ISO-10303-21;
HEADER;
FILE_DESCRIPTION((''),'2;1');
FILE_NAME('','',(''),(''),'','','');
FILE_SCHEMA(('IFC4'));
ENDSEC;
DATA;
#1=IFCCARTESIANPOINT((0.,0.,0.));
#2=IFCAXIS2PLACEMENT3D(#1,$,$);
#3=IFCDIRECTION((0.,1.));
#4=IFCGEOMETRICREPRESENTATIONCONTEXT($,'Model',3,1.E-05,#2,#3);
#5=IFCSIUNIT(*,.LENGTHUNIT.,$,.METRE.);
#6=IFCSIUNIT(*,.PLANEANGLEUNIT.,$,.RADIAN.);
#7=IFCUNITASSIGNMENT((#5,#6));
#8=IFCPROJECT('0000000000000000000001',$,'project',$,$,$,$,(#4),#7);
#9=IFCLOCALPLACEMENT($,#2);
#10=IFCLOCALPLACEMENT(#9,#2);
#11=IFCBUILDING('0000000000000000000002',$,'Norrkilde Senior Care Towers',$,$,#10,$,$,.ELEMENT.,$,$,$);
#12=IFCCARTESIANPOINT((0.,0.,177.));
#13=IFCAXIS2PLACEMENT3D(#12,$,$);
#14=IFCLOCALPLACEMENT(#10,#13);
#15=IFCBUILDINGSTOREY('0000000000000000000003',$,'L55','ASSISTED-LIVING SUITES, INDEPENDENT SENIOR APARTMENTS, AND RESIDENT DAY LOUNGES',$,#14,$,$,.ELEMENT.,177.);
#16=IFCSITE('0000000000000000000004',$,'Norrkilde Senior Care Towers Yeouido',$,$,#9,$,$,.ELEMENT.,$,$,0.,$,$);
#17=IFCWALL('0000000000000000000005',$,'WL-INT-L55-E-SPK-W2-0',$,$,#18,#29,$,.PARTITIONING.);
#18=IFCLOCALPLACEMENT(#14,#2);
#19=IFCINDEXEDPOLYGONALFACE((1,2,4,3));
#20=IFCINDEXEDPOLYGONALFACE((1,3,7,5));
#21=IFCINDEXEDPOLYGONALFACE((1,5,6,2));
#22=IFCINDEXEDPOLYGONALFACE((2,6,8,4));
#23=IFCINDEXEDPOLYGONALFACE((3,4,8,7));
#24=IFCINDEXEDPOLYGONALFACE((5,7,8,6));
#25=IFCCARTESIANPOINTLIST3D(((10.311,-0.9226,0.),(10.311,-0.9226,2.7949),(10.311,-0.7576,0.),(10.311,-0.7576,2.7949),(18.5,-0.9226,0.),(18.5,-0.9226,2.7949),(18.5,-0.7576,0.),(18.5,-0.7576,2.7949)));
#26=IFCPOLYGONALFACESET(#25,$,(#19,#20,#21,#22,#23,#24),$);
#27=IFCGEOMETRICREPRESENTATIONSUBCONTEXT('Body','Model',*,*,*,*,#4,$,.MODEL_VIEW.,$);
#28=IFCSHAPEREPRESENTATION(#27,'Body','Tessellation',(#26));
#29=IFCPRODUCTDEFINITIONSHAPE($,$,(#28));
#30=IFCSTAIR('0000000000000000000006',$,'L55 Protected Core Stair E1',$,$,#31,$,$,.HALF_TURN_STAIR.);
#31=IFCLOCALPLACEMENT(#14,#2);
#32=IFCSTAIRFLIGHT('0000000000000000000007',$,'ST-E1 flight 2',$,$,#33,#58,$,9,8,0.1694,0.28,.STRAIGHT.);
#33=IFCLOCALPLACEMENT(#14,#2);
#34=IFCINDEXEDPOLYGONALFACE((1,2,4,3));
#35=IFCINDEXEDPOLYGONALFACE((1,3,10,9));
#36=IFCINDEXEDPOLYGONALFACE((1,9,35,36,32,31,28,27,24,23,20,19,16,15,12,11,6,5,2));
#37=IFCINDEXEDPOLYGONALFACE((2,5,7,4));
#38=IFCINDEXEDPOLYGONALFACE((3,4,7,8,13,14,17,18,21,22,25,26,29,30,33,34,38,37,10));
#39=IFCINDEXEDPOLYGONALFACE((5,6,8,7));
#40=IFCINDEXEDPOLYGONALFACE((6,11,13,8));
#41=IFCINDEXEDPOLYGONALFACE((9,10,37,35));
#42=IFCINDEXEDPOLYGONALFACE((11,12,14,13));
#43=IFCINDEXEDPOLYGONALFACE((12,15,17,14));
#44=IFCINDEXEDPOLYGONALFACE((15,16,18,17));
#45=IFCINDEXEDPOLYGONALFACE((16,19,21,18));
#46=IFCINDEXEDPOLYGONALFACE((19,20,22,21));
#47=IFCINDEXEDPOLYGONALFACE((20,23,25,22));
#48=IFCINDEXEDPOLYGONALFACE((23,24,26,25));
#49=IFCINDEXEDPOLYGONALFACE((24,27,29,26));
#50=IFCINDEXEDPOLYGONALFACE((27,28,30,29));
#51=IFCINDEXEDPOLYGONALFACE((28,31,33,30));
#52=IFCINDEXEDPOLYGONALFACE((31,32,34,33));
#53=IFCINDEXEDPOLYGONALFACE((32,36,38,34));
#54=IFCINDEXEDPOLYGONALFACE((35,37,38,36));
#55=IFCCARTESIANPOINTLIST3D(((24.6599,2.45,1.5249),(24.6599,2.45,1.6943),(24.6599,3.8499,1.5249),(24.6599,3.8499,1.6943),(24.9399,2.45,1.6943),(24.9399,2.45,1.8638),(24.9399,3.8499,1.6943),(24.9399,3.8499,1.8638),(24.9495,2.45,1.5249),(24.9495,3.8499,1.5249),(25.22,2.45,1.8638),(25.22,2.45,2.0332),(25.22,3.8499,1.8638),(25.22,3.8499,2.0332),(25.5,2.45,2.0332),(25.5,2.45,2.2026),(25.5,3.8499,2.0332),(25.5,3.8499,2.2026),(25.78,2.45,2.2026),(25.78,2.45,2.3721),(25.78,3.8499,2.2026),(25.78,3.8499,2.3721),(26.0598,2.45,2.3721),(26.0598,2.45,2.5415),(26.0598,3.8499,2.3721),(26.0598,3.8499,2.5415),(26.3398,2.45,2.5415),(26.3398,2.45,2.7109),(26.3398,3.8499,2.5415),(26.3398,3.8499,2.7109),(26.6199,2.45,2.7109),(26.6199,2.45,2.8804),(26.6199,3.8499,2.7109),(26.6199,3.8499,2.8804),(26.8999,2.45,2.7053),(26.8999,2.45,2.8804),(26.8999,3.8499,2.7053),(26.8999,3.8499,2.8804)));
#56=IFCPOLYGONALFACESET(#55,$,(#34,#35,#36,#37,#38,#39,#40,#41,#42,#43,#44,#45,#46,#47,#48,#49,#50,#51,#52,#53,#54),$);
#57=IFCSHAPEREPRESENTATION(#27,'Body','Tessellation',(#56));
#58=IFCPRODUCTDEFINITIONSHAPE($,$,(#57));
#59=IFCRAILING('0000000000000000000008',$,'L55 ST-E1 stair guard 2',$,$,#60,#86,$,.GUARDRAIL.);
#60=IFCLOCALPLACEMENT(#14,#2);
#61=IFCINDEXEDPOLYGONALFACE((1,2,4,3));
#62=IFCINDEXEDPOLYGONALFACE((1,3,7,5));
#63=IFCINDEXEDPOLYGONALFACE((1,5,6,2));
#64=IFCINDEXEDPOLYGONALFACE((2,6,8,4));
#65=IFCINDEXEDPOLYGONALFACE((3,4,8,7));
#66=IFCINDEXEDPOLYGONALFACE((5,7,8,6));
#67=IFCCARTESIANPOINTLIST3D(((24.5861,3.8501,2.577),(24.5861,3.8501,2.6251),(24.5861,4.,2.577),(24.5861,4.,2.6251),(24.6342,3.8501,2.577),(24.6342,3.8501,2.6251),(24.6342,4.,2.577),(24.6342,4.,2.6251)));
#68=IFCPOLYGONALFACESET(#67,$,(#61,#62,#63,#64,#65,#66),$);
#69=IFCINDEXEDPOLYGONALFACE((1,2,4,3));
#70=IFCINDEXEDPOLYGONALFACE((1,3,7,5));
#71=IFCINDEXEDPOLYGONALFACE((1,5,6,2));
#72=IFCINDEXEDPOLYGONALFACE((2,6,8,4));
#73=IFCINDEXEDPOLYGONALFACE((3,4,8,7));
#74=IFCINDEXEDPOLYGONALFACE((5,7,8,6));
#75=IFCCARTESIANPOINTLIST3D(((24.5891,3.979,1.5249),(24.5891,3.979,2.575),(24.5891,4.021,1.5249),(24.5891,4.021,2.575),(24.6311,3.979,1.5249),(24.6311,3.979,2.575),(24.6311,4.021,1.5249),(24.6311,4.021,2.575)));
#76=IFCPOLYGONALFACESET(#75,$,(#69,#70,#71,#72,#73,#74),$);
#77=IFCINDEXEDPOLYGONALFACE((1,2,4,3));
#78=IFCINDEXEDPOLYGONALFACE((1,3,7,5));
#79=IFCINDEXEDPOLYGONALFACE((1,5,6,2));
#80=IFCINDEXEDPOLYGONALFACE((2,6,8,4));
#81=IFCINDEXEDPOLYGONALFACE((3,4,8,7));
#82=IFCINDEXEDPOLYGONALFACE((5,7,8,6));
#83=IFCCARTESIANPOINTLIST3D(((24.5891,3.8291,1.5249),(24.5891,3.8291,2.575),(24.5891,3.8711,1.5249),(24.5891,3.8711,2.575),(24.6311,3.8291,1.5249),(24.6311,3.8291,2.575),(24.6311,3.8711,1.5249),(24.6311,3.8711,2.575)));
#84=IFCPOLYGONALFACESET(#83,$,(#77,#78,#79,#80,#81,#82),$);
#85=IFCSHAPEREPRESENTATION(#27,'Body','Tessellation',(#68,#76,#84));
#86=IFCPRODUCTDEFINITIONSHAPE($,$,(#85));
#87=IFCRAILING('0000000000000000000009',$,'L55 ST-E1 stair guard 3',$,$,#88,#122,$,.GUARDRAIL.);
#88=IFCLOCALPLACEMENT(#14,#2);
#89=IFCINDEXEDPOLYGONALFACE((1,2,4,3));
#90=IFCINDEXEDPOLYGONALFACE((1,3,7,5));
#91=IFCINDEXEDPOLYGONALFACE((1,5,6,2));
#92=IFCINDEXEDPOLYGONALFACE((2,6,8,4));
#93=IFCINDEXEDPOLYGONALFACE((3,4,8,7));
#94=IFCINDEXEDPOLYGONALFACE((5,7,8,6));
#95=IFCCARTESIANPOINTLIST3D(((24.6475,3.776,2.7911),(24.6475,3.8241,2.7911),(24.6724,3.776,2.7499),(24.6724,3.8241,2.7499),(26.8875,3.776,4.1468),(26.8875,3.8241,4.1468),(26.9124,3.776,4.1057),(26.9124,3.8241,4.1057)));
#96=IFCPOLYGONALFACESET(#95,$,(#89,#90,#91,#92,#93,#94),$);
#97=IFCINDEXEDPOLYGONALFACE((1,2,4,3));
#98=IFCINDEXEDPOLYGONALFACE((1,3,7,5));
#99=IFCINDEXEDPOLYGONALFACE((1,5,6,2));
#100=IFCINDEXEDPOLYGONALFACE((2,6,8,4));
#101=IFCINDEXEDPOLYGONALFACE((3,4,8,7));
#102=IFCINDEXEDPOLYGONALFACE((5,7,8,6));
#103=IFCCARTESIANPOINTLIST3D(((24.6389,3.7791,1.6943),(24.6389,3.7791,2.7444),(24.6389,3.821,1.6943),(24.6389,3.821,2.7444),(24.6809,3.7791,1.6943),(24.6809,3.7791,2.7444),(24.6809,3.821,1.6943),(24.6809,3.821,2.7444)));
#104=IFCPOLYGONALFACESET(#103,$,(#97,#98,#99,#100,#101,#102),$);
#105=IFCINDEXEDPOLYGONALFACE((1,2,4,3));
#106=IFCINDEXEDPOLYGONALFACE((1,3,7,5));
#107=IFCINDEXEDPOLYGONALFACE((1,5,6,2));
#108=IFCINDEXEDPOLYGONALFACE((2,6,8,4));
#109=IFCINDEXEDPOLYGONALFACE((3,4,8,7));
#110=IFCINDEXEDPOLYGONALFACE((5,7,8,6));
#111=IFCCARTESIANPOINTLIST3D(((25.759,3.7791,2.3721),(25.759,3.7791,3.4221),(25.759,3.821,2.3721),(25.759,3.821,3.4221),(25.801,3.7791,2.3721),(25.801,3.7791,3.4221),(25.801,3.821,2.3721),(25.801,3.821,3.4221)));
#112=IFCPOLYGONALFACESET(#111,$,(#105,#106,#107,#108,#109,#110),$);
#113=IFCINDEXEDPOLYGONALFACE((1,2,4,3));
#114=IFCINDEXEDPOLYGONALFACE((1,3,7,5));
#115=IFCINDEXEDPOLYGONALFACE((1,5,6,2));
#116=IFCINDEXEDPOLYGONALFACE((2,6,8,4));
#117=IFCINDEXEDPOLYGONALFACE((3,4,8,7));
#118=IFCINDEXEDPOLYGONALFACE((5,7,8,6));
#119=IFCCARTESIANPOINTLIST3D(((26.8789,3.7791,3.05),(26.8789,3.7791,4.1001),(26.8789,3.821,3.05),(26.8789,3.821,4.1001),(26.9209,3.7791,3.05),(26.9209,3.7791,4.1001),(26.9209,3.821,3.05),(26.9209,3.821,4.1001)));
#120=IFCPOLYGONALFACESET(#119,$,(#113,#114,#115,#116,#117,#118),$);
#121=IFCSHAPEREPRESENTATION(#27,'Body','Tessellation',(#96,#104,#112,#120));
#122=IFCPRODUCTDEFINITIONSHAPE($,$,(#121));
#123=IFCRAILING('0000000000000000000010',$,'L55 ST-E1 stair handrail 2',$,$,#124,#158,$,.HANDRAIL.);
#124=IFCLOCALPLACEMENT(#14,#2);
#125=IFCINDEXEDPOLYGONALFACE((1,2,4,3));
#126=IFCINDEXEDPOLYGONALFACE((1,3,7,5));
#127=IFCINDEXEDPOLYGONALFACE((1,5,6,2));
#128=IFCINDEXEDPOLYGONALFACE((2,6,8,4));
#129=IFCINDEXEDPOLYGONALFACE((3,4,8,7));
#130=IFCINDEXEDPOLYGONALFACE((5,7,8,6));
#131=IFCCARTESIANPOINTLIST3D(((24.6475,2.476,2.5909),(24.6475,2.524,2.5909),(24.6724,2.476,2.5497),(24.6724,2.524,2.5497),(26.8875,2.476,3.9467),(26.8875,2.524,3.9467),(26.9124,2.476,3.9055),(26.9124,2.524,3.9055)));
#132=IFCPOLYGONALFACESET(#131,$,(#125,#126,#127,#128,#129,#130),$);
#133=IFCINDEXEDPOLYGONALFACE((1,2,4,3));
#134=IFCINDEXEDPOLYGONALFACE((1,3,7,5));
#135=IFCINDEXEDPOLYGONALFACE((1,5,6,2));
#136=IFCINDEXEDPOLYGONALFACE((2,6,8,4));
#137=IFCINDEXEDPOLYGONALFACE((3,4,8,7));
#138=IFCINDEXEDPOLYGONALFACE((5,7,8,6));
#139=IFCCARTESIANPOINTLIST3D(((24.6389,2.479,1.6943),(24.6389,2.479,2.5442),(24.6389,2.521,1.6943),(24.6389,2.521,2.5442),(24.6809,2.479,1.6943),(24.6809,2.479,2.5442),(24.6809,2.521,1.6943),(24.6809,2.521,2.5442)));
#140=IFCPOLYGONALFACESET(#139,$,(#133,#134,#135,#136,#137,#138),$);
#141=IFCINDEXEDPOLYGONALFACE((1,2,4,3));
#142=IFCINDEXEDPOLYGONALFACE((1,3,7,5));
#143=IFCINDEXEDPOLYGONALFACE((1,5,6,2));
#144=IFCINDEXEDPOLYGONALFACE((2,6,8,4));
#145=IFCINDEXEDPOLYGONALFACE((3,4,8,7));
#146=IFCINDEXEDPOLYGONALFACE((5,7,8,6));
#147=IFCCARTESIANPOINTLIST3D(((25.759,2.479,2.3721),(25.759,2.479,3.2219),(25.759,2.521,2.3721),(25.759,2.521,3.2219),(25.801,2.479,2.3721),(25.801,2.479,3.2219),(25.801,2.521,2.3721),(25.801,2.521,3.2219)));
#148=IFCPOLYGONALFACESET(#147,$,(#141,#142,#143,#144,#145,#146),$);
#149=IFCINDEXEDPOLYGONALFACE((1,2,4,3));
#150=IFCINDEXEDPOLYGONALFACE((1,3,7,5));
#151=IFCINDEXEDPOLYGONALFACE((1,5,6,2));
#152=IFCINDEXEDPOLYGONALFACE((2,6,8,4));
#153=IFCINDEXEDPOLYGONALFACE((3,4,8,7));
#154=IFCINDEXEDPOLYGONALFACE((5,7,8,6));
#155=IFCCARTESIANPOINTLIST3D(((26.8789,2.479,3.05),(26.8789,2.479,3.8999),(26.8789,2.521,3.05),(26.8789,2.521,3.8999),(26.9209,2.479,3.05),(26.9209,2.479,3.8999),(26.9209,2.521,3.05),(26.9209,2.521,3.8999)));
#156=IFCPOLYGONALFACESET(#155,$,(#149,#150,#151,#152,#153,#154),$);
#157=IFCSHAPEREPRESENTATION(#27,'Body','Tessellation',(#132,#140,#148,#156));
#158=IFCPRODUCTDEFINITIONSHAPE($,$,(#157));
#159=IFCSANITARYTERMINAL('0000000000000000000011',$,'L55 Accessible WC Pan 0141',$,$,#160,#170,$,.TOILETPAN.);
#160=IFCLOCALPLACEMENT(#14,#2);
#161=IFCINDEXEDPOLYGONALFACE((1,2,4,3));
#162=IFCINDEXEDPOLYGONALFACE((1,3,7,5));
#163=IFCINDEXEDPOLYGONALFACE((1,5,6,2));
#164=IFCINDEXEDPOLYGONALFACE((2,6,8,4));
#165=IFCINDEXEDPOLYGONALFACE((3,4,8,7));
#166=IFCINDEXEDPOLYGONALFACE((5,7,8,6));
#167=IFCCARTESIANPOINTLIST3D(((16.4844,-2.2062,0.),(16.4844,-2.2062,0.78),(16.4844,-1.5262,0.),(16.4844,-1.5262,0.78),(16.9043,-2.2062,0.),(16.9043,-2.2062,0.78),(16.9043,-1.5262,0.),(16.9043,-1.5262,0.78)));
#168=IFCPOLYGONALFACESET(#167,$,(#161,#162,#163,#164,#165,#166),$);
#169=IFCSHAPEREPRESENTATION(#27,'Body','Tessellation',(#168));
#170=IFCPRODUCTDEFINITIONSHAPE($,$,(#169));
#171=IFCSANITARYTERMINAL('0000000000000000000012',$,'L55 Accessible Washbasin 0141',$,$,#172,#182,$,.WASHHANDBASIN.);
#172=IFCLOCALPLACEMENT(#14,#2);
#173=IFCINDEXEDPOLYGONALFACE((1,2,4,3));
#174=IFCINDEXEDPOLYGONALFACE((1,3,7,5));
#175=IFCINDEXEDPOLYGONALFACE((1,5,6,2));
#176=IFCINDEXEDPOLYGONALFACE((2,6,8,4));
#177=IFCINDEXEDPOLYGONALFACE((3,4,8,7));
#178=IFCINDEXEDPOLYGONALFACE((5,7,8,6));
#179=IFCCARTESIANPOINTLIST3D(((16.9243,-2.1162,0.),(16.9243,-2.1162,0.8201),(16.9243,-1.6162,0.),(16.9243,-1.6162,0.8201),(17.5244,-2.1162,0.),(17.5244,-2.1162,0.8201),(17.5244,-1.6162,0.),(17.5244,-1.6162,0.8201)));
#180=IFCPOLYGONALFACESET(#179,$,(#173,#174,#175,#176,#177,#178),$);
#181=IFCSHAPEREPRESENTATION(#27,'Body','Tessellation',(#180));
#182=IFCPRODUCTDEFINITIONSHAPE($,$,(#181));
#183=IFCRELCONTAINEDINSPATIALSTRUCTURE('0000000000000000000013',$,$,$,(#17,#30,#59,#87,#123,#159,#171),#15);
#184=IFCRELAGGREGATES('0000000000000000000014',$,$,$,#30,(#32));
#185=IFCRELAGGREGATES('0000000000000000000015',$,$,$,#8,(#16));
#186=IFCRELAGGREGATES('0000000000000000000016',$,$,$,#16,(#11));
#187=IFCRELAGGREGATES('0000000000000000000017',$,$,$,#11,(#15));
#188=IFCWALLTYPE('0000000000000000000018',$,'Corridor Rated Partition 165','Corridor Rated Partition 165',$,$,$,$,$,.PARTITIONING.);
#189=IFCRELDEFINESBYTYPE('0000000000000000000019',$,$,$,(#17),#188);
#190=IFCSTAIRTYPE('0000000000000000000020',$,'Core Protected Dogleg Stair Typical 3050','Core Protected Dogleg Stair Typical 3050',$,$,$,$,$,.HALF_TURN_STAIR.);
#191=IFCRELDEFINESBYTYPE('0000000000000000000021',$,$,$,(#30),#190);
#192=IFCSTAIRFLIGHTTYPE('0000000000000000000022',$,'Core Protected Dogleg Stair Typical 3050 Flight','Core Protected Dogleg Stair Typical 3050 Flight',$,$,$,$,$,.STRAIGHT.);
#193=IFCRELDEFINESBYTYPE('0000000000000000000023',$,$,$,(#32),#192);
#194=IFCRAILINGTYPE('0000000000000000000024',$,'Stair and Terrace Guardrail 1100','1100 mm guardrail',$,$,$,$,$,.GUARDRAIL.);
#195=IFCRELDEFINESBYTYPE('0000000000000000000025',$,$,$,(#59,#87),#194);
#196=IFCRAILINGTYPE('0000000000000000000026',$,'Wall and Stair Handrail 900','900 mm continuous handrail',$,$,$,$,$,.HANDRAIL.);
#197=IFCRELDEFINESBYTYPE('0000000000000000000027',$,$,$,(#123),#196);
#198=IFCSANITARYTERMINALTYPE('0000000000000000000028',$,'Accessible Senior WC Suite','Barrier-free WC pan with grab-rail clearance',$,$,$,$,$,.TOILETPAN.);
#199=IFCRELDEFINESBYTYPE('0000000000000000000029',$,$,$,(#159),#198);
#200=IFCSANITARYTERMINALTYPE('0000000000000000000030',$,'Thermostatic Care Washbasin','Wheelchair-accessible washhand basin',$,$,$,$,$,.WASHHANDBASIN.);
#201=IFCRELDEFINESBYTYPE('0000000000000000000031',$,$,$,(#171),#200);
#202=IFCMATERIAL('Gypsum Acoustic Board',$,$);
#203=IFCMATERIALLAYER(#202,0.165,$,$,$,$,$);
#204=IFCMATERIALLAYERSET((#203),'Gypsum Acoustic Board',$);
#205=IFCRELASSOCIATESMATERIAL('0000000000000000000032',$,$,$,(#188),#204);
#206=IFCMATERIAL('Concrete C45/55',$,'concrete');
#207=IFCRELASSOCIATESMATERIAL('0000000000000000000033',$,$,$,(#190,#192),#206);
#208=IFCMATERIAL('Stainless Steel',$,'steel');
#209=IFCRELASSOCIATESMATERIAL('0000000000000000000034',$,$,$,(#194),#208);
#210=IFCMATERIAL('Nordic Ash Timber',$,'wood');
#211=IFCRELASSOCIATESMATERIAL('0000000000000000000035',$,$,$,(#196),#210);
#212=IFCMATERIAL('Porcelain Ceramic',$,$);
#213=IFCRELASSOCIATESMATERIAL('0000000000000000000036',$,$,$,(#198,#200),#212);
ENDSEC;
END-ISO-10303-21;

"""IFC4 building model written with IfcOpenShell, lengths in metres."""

from ifc_helpers import new_model, si_unit, direction, frame, frame_2d, origin, origin_2d, place, context, subcontext, project, spatial, polyline, rectangle, outline, extrude, source, transform, mapped, material, layer, layer_set, type_object, type_shapes, element, aggregate, save


model = new_model("IFC4")

# Units and contexts
model_context = context("Model", 3, precision=1e-05, world=origin(), true_north=direction((0.0, 1.0)))
body_context = subcontext(model_context, "Body", "Model", "MODEL_VIEW")
ifc_project = project(units=[si_unit("LENGTHUNIT", "METRE"), si_unit("PLANEANGLEUNIT", "RADIAN")], contexts=[model_context])

# Site, building, storey
site_placement = place(None, origin())
site = spatial("IfcSite", under=ifc_project, at=site_placement, Name="Norrkilde Senior Care Towers Yeouido", CompositionType="ELEMENT", RefElevation=0.0)
building_placement = place(site_placement, origin())
building = spatial("IfcBuilding", under=site, at=building_placement, Name="Norrkilde Senior Care Towers", CompositionType="ELEMENT")
storey_placement = place(building_placement, frame((0.0, 0.0, 177.0)))
storey = spatial("IfcBuildingStorey", under=building, at=storey_placement, Name="L55", Description="ASSISTED-LIVING SUITES, INDEPENDENT SENIOR APARTMENTS, AND RESIDENT DAY LOUNGES", CompositionType="ELEMENT", Elevation=177.0)

# Shared definitions
ifc_material_1 = material(Name="Concrete C45/55", Category="concrete")

# Shared definitions
ifc_material_2 = material(Name="Gypsum Acoustic Board")
ifc_layer_1 = layer(ifc_material_2, 0.165)
ifc_layer_set_1 = layer_set([ifc_layer_1], Name="Gypsum Acoustic Board")
wall_type_1 = type_object("IfcWallType", Name="Corridor Rated Partition 165", Description="Corridor Rated Partition 165", PredefinedType="PARTITIONING", material=ifc_layer_set_1)

# Shared definitions
shared_shape_1 = source(origin(), body_context, "Body", "SweptSolid", [
    extrude(rectangle(XDim=8.189, YDim=0.165, at=frame_2d((4.0945, 0.0))), origin(), (0.0, 0.0, 1.0), 2.7949),
])
ifc_material_3 = material(Name="Nordic Ash Timber", Category="wood")

# Wall
wall_1_placement = place(storey_placement, frame((18.5, -0.8401, 0.0), z_axis=(0.0, 0.0, 1.0), x_axis=(-1.0, 0.0, 0.0)))
element("IfcWall", 1, at=wall_1_placement, inside=storey, type_object=wall_type_1, Name="WL-INT-L55-E-SPK-W2-0", PredefinedType="PARTITIONING", context=body_context, shape_type="MappedRepresentation", body=[
    mapped(shared_shape_1, transform((0.0, 0.0, 0.0), x_axis=(1.0, 0.0, 0.0), y_axis=(0.0, 1.0, 0.0), z_axis=(0.0, 0.0, 1.0), scale=1.0)),
])

# Stair, stair flight
stair_type = type_object("IfcStairType", Name="Core Protected Dogleg Stair Typical 3050", Description="Core Protected Dogleg Stair Typical 3050", PredefinedType="HALF_TURN_STAIR", material=ifc_material_1)
stair_placement = place(storey_placement, origin())
stair = element("IfcStair", 2, at=stair_placement, inside=storey, type_object=stair_type, Name="L55 Protected Core Stair E1", PredefinedType="HALF_TURN_STAIR")
stair_flight_type = type_object("IfcStairFlightType", Name="Core Protected Dogleg Stair Typical 3050 Flight", Description="Core Protected Dogleg Stair Typical 3050 Flight", PredefinedType="STRAIGHT", material=ifc_material_1)
stair_flight_placement = place(storey_placement, frame((24.6599, 3.1499, 1.5249), z_axis=(0.0, 0.0, 1.0), x_axis=(1.0, 0.0, 0.0)))
stair_flight = element("IfcStairFlight", 3, at=stair_flight_placement, type_object=stair_flight_type, Name="ST-E1 flight 2", NumberOfRisers=9, NumberOfTreads=8, PredefinedType="STRAIGHT", RiserHeight=0.1694, TreadLength=0.28, context=body_context, shape_type="SweptSolid", body=[
    extrude(outline(polyline([(0.0, 0.0), (0.0, 0.1694), (0.28, 0.1694), (0.28, 0.3389), (0.5601, 0.3389), (0.5601, 0.5083), (0.8401, 0.5083), (0.8401, 0.6777), (1.1201, 0.6777), (1.1201, 0.8472), (1.3999, 0.8472), (1.3999, 1.0166), (1.6799, 1.0166), (1.6799, 1.186), (1.96, 1.186), (1.96, 1.3555), (2.24, 1.3555), (2.24, 1.5249), (2.24, 1.1804), (0.2896, 0.0), (0.0, 0.0)])), frame((0.0, 0.7, 0.0), z_axis=(0.0, -1.0, 0.0), x_axis=(1.0, 0.0, 0.0)), (0.0, 0.0, 1.0), 1.3999),
])
aggregate(stair, [stair_flight])

# Railings
ifc_material_4 = material(Name="Stainless Steel", Category="steel")
railing_type_1 = type_object("IfcRailingType", Name="Stair and Terrace Guardrail 1100", Description="1100 mm guardrail", PredefinedType="GUARDRAIL", material=ifc_material_4)
railing_1_placement = place(storey_placement, frame((24.6101, 4.0, 1.5249)))
element("IfcRailing", 4, at=railing_1_placement, inside=storey, type_object=railing_type_1, Name="L55 ST-E1 stair guard 2", PredefinedType="GUARDRAIL", context=body_context, shape_type="SweptSolid", body=[
    extrude(rectangle(XDim=0.0481, YDim=0.0481, at=origin_2d()), frame((0.0, 0.0, 1.0762), z_axis=(0.0, -1.0, 0.0), x_axis=(1.0, 0.0, 0.0)), (0.0, 0.0, 1.0), 0.1499),
    extrude(rectangle(XDim=0.042, YDim=0.042, at=origin_2d()), origin(), (0.0, 0.0, 1.0), 1.05),
    extrude(rectangle(XDim=0.042, YDim=0.042, at=origin_2d()), frame((0.0, -0.1499, 0.0)), (0.0, 0.0, 1.0), 1.05),
])
railing_2_placement = place(storey_placement, frame((24.6599, 3.8, 1.6943)))
element("IfcRailing", 5, at=railing_2_placement, inside=storey, type_object=railing_type_1, Name="L55 ST-E1 stair guard 3", PredefinedType="GUARDRAIL", context=body_context, shape_type="SweptSolid", body=[
    extrude(rectangle(XDim=0.0481, YDim=0.0481, at=origin_2d()), frame((0.0, 0.0, 1.0762), z_axis=(0.855512, 0.0, 0.517783), x_axis=(0.0, 1.0, 0.0)), (0.0, 0.0, 1.0), 2.6184),
    extrude(rectangle(XDim=0.042, YDim=0.042, at=origin_2d()), origin(), (0.0, 0.0, 1.0), 1.05),
    extrude(rectangle(XDim=0.042, YDim=0.042, at=origin_2d()), frame((1.1201, 0.0, 0.6777)), (0.0, 0.0, 1.0), 1.05),
    extrude(rectangle(XDim=0.042, YDim=0.042, at=origin_2d()), frame((2.24, 0.0, 1.3557)), (0.0, 0.0, 1.0), 1.05),
])
railing_type_2 = type_object("IfcRailingType", Name="Wall and Stair Handrail 900", Description="900 mm continuous handrail", PredefinedType="HANDRAIL", material=ifc_material_3)
railing_3_placement = place(storey_placement, frame((24.6599, 2.5, 1.6943)))
element("IfcRailing", 6, at=railing_3_placement, inside=storey, type_object=railing_type_2, Name="L55 ST-E1 stair handrail 2", PredefinedType="HANDRAIL", context=body_context, shape_type="SweptSolid", body=[
    extrude(rectangle(XDim=0.0481, YDim=0.0481, at=origin_2d()), frame((0.0, 0.0, 0.876), z_axis=(0.855512, 0.0, 0.517783), x_axis=(0.0, 1.0, 0.0)), (0.0, 0.0, 1.0), 2.6184),
    extrude(rectangle(XDim=0.042, YDim=0.042, at=origin_2d()), origin(), (0.0, 0.0, 1.0), 0.8499),
    extrude(rectangle(XDim=0.042, YDim=0.042, at=origin_2d()), frame((1.1201, 0.0, 0.6777)), (0.0, 0.0, 1.0), 0.8499),
    extrude(rectangle(XDim=0.042, YDim=0.042, at=origin_2d()), frame((2.24, 0.0, 1.3557)), (0.0, 0.0, 1.0), 0.8499),
])

# Sanitary terminals
ifc_material_5 = material(Name="Porcelain Ceramic")
sanitary_terminal_type_1 = type_object("IfcSanitaryTerminalType", Name="Accessible Senior WC Suite", Description="Barrier-free WC pan with grab-rail clearance", PredefinedType="TOILETPAN", material=ifc_material_5)
shared_shape_2 = source(origin(), body_context, "Body", "SweptSolid", [
    extrude(rectangle(XDim=0.4199, YDim=0.6799, at=origin_2d()), origin(), (0.0, 0.0, 1.0), 0.78),
])
type_shapes(sanitary_terminal_type_1, [shared_shape_2])
sanitary_terminal_1_placement = place(storey_placement, frame((16.6943, -1.8662, 0.0), z_axis=(0.0, 0.0, 1.0), x_axis=(1.0, 0.0, 0.0)))
element("IfcSanitaryTerminal", 7, at=sanitary_terminal_1_placement, inside=storey, type_object=sanitary_terminal_type_1, Name="L55 Accessible WC Pan 0141", PredefinedType="TOILETPAN", context=body_context, shape_type="MappedRepresentation", body=[
    mapped(shared_shape_2, transform((0.0, 0.0, 0.0), x_axis=(1.0, 0.0, 0.0), y_axis=(0.0, 1.0, 0.0), z_axis=(0.0, 0.0, 1.0), scale=1.0)),
])
sanitary_terminal_type_2 = type_object("IfcSanitaryTerminalType", Name="Thermostatic Care Washbasin", Description="Wheelchair-accessible washhand basin", PredefinedType="WASHHANDBASIN", material=ifc_material_5)
shared_shape_3 = source(origin(), body_context, "Body", "SweptSolid", [
    extrude(rectangle(XDim=0.6001, YDim=0.5, at=origin_2d()), origin(), (0.0, 0.0, 1.0), 0.8201),
])
type_shapes(sanitary_terminal_type_2, [shared_shape_3])
sanitary_terminal_2_placement = place(storey_placement, frame((17.2244, -1.8662, 0.0), z_axis=(0.0, 0.0, 1.0), x_axis=(1.0, 0.0, 0.0)))
element("IfcSanitaryTerminal", 8, at=sanitary_terminal_2_placement, inside=storey, type_object=sanitary_terminal_type_2, Name="L55 Accessible Washbasin 0141", PredefinedType="WASHHANDBASIN", context=body_context, shape_type="MappedRepresentation", body=[
    mapped(shared_shape_3, transform((0.0, 0.0, 0.0), x_axis=(1.0, 0.0, 0.0), y_axis=(0.0, 1.0, 0.0), z_axis=(0.0, 0.0, 1.0), scale=1.0)),
])

save(model, "model.ifc")
